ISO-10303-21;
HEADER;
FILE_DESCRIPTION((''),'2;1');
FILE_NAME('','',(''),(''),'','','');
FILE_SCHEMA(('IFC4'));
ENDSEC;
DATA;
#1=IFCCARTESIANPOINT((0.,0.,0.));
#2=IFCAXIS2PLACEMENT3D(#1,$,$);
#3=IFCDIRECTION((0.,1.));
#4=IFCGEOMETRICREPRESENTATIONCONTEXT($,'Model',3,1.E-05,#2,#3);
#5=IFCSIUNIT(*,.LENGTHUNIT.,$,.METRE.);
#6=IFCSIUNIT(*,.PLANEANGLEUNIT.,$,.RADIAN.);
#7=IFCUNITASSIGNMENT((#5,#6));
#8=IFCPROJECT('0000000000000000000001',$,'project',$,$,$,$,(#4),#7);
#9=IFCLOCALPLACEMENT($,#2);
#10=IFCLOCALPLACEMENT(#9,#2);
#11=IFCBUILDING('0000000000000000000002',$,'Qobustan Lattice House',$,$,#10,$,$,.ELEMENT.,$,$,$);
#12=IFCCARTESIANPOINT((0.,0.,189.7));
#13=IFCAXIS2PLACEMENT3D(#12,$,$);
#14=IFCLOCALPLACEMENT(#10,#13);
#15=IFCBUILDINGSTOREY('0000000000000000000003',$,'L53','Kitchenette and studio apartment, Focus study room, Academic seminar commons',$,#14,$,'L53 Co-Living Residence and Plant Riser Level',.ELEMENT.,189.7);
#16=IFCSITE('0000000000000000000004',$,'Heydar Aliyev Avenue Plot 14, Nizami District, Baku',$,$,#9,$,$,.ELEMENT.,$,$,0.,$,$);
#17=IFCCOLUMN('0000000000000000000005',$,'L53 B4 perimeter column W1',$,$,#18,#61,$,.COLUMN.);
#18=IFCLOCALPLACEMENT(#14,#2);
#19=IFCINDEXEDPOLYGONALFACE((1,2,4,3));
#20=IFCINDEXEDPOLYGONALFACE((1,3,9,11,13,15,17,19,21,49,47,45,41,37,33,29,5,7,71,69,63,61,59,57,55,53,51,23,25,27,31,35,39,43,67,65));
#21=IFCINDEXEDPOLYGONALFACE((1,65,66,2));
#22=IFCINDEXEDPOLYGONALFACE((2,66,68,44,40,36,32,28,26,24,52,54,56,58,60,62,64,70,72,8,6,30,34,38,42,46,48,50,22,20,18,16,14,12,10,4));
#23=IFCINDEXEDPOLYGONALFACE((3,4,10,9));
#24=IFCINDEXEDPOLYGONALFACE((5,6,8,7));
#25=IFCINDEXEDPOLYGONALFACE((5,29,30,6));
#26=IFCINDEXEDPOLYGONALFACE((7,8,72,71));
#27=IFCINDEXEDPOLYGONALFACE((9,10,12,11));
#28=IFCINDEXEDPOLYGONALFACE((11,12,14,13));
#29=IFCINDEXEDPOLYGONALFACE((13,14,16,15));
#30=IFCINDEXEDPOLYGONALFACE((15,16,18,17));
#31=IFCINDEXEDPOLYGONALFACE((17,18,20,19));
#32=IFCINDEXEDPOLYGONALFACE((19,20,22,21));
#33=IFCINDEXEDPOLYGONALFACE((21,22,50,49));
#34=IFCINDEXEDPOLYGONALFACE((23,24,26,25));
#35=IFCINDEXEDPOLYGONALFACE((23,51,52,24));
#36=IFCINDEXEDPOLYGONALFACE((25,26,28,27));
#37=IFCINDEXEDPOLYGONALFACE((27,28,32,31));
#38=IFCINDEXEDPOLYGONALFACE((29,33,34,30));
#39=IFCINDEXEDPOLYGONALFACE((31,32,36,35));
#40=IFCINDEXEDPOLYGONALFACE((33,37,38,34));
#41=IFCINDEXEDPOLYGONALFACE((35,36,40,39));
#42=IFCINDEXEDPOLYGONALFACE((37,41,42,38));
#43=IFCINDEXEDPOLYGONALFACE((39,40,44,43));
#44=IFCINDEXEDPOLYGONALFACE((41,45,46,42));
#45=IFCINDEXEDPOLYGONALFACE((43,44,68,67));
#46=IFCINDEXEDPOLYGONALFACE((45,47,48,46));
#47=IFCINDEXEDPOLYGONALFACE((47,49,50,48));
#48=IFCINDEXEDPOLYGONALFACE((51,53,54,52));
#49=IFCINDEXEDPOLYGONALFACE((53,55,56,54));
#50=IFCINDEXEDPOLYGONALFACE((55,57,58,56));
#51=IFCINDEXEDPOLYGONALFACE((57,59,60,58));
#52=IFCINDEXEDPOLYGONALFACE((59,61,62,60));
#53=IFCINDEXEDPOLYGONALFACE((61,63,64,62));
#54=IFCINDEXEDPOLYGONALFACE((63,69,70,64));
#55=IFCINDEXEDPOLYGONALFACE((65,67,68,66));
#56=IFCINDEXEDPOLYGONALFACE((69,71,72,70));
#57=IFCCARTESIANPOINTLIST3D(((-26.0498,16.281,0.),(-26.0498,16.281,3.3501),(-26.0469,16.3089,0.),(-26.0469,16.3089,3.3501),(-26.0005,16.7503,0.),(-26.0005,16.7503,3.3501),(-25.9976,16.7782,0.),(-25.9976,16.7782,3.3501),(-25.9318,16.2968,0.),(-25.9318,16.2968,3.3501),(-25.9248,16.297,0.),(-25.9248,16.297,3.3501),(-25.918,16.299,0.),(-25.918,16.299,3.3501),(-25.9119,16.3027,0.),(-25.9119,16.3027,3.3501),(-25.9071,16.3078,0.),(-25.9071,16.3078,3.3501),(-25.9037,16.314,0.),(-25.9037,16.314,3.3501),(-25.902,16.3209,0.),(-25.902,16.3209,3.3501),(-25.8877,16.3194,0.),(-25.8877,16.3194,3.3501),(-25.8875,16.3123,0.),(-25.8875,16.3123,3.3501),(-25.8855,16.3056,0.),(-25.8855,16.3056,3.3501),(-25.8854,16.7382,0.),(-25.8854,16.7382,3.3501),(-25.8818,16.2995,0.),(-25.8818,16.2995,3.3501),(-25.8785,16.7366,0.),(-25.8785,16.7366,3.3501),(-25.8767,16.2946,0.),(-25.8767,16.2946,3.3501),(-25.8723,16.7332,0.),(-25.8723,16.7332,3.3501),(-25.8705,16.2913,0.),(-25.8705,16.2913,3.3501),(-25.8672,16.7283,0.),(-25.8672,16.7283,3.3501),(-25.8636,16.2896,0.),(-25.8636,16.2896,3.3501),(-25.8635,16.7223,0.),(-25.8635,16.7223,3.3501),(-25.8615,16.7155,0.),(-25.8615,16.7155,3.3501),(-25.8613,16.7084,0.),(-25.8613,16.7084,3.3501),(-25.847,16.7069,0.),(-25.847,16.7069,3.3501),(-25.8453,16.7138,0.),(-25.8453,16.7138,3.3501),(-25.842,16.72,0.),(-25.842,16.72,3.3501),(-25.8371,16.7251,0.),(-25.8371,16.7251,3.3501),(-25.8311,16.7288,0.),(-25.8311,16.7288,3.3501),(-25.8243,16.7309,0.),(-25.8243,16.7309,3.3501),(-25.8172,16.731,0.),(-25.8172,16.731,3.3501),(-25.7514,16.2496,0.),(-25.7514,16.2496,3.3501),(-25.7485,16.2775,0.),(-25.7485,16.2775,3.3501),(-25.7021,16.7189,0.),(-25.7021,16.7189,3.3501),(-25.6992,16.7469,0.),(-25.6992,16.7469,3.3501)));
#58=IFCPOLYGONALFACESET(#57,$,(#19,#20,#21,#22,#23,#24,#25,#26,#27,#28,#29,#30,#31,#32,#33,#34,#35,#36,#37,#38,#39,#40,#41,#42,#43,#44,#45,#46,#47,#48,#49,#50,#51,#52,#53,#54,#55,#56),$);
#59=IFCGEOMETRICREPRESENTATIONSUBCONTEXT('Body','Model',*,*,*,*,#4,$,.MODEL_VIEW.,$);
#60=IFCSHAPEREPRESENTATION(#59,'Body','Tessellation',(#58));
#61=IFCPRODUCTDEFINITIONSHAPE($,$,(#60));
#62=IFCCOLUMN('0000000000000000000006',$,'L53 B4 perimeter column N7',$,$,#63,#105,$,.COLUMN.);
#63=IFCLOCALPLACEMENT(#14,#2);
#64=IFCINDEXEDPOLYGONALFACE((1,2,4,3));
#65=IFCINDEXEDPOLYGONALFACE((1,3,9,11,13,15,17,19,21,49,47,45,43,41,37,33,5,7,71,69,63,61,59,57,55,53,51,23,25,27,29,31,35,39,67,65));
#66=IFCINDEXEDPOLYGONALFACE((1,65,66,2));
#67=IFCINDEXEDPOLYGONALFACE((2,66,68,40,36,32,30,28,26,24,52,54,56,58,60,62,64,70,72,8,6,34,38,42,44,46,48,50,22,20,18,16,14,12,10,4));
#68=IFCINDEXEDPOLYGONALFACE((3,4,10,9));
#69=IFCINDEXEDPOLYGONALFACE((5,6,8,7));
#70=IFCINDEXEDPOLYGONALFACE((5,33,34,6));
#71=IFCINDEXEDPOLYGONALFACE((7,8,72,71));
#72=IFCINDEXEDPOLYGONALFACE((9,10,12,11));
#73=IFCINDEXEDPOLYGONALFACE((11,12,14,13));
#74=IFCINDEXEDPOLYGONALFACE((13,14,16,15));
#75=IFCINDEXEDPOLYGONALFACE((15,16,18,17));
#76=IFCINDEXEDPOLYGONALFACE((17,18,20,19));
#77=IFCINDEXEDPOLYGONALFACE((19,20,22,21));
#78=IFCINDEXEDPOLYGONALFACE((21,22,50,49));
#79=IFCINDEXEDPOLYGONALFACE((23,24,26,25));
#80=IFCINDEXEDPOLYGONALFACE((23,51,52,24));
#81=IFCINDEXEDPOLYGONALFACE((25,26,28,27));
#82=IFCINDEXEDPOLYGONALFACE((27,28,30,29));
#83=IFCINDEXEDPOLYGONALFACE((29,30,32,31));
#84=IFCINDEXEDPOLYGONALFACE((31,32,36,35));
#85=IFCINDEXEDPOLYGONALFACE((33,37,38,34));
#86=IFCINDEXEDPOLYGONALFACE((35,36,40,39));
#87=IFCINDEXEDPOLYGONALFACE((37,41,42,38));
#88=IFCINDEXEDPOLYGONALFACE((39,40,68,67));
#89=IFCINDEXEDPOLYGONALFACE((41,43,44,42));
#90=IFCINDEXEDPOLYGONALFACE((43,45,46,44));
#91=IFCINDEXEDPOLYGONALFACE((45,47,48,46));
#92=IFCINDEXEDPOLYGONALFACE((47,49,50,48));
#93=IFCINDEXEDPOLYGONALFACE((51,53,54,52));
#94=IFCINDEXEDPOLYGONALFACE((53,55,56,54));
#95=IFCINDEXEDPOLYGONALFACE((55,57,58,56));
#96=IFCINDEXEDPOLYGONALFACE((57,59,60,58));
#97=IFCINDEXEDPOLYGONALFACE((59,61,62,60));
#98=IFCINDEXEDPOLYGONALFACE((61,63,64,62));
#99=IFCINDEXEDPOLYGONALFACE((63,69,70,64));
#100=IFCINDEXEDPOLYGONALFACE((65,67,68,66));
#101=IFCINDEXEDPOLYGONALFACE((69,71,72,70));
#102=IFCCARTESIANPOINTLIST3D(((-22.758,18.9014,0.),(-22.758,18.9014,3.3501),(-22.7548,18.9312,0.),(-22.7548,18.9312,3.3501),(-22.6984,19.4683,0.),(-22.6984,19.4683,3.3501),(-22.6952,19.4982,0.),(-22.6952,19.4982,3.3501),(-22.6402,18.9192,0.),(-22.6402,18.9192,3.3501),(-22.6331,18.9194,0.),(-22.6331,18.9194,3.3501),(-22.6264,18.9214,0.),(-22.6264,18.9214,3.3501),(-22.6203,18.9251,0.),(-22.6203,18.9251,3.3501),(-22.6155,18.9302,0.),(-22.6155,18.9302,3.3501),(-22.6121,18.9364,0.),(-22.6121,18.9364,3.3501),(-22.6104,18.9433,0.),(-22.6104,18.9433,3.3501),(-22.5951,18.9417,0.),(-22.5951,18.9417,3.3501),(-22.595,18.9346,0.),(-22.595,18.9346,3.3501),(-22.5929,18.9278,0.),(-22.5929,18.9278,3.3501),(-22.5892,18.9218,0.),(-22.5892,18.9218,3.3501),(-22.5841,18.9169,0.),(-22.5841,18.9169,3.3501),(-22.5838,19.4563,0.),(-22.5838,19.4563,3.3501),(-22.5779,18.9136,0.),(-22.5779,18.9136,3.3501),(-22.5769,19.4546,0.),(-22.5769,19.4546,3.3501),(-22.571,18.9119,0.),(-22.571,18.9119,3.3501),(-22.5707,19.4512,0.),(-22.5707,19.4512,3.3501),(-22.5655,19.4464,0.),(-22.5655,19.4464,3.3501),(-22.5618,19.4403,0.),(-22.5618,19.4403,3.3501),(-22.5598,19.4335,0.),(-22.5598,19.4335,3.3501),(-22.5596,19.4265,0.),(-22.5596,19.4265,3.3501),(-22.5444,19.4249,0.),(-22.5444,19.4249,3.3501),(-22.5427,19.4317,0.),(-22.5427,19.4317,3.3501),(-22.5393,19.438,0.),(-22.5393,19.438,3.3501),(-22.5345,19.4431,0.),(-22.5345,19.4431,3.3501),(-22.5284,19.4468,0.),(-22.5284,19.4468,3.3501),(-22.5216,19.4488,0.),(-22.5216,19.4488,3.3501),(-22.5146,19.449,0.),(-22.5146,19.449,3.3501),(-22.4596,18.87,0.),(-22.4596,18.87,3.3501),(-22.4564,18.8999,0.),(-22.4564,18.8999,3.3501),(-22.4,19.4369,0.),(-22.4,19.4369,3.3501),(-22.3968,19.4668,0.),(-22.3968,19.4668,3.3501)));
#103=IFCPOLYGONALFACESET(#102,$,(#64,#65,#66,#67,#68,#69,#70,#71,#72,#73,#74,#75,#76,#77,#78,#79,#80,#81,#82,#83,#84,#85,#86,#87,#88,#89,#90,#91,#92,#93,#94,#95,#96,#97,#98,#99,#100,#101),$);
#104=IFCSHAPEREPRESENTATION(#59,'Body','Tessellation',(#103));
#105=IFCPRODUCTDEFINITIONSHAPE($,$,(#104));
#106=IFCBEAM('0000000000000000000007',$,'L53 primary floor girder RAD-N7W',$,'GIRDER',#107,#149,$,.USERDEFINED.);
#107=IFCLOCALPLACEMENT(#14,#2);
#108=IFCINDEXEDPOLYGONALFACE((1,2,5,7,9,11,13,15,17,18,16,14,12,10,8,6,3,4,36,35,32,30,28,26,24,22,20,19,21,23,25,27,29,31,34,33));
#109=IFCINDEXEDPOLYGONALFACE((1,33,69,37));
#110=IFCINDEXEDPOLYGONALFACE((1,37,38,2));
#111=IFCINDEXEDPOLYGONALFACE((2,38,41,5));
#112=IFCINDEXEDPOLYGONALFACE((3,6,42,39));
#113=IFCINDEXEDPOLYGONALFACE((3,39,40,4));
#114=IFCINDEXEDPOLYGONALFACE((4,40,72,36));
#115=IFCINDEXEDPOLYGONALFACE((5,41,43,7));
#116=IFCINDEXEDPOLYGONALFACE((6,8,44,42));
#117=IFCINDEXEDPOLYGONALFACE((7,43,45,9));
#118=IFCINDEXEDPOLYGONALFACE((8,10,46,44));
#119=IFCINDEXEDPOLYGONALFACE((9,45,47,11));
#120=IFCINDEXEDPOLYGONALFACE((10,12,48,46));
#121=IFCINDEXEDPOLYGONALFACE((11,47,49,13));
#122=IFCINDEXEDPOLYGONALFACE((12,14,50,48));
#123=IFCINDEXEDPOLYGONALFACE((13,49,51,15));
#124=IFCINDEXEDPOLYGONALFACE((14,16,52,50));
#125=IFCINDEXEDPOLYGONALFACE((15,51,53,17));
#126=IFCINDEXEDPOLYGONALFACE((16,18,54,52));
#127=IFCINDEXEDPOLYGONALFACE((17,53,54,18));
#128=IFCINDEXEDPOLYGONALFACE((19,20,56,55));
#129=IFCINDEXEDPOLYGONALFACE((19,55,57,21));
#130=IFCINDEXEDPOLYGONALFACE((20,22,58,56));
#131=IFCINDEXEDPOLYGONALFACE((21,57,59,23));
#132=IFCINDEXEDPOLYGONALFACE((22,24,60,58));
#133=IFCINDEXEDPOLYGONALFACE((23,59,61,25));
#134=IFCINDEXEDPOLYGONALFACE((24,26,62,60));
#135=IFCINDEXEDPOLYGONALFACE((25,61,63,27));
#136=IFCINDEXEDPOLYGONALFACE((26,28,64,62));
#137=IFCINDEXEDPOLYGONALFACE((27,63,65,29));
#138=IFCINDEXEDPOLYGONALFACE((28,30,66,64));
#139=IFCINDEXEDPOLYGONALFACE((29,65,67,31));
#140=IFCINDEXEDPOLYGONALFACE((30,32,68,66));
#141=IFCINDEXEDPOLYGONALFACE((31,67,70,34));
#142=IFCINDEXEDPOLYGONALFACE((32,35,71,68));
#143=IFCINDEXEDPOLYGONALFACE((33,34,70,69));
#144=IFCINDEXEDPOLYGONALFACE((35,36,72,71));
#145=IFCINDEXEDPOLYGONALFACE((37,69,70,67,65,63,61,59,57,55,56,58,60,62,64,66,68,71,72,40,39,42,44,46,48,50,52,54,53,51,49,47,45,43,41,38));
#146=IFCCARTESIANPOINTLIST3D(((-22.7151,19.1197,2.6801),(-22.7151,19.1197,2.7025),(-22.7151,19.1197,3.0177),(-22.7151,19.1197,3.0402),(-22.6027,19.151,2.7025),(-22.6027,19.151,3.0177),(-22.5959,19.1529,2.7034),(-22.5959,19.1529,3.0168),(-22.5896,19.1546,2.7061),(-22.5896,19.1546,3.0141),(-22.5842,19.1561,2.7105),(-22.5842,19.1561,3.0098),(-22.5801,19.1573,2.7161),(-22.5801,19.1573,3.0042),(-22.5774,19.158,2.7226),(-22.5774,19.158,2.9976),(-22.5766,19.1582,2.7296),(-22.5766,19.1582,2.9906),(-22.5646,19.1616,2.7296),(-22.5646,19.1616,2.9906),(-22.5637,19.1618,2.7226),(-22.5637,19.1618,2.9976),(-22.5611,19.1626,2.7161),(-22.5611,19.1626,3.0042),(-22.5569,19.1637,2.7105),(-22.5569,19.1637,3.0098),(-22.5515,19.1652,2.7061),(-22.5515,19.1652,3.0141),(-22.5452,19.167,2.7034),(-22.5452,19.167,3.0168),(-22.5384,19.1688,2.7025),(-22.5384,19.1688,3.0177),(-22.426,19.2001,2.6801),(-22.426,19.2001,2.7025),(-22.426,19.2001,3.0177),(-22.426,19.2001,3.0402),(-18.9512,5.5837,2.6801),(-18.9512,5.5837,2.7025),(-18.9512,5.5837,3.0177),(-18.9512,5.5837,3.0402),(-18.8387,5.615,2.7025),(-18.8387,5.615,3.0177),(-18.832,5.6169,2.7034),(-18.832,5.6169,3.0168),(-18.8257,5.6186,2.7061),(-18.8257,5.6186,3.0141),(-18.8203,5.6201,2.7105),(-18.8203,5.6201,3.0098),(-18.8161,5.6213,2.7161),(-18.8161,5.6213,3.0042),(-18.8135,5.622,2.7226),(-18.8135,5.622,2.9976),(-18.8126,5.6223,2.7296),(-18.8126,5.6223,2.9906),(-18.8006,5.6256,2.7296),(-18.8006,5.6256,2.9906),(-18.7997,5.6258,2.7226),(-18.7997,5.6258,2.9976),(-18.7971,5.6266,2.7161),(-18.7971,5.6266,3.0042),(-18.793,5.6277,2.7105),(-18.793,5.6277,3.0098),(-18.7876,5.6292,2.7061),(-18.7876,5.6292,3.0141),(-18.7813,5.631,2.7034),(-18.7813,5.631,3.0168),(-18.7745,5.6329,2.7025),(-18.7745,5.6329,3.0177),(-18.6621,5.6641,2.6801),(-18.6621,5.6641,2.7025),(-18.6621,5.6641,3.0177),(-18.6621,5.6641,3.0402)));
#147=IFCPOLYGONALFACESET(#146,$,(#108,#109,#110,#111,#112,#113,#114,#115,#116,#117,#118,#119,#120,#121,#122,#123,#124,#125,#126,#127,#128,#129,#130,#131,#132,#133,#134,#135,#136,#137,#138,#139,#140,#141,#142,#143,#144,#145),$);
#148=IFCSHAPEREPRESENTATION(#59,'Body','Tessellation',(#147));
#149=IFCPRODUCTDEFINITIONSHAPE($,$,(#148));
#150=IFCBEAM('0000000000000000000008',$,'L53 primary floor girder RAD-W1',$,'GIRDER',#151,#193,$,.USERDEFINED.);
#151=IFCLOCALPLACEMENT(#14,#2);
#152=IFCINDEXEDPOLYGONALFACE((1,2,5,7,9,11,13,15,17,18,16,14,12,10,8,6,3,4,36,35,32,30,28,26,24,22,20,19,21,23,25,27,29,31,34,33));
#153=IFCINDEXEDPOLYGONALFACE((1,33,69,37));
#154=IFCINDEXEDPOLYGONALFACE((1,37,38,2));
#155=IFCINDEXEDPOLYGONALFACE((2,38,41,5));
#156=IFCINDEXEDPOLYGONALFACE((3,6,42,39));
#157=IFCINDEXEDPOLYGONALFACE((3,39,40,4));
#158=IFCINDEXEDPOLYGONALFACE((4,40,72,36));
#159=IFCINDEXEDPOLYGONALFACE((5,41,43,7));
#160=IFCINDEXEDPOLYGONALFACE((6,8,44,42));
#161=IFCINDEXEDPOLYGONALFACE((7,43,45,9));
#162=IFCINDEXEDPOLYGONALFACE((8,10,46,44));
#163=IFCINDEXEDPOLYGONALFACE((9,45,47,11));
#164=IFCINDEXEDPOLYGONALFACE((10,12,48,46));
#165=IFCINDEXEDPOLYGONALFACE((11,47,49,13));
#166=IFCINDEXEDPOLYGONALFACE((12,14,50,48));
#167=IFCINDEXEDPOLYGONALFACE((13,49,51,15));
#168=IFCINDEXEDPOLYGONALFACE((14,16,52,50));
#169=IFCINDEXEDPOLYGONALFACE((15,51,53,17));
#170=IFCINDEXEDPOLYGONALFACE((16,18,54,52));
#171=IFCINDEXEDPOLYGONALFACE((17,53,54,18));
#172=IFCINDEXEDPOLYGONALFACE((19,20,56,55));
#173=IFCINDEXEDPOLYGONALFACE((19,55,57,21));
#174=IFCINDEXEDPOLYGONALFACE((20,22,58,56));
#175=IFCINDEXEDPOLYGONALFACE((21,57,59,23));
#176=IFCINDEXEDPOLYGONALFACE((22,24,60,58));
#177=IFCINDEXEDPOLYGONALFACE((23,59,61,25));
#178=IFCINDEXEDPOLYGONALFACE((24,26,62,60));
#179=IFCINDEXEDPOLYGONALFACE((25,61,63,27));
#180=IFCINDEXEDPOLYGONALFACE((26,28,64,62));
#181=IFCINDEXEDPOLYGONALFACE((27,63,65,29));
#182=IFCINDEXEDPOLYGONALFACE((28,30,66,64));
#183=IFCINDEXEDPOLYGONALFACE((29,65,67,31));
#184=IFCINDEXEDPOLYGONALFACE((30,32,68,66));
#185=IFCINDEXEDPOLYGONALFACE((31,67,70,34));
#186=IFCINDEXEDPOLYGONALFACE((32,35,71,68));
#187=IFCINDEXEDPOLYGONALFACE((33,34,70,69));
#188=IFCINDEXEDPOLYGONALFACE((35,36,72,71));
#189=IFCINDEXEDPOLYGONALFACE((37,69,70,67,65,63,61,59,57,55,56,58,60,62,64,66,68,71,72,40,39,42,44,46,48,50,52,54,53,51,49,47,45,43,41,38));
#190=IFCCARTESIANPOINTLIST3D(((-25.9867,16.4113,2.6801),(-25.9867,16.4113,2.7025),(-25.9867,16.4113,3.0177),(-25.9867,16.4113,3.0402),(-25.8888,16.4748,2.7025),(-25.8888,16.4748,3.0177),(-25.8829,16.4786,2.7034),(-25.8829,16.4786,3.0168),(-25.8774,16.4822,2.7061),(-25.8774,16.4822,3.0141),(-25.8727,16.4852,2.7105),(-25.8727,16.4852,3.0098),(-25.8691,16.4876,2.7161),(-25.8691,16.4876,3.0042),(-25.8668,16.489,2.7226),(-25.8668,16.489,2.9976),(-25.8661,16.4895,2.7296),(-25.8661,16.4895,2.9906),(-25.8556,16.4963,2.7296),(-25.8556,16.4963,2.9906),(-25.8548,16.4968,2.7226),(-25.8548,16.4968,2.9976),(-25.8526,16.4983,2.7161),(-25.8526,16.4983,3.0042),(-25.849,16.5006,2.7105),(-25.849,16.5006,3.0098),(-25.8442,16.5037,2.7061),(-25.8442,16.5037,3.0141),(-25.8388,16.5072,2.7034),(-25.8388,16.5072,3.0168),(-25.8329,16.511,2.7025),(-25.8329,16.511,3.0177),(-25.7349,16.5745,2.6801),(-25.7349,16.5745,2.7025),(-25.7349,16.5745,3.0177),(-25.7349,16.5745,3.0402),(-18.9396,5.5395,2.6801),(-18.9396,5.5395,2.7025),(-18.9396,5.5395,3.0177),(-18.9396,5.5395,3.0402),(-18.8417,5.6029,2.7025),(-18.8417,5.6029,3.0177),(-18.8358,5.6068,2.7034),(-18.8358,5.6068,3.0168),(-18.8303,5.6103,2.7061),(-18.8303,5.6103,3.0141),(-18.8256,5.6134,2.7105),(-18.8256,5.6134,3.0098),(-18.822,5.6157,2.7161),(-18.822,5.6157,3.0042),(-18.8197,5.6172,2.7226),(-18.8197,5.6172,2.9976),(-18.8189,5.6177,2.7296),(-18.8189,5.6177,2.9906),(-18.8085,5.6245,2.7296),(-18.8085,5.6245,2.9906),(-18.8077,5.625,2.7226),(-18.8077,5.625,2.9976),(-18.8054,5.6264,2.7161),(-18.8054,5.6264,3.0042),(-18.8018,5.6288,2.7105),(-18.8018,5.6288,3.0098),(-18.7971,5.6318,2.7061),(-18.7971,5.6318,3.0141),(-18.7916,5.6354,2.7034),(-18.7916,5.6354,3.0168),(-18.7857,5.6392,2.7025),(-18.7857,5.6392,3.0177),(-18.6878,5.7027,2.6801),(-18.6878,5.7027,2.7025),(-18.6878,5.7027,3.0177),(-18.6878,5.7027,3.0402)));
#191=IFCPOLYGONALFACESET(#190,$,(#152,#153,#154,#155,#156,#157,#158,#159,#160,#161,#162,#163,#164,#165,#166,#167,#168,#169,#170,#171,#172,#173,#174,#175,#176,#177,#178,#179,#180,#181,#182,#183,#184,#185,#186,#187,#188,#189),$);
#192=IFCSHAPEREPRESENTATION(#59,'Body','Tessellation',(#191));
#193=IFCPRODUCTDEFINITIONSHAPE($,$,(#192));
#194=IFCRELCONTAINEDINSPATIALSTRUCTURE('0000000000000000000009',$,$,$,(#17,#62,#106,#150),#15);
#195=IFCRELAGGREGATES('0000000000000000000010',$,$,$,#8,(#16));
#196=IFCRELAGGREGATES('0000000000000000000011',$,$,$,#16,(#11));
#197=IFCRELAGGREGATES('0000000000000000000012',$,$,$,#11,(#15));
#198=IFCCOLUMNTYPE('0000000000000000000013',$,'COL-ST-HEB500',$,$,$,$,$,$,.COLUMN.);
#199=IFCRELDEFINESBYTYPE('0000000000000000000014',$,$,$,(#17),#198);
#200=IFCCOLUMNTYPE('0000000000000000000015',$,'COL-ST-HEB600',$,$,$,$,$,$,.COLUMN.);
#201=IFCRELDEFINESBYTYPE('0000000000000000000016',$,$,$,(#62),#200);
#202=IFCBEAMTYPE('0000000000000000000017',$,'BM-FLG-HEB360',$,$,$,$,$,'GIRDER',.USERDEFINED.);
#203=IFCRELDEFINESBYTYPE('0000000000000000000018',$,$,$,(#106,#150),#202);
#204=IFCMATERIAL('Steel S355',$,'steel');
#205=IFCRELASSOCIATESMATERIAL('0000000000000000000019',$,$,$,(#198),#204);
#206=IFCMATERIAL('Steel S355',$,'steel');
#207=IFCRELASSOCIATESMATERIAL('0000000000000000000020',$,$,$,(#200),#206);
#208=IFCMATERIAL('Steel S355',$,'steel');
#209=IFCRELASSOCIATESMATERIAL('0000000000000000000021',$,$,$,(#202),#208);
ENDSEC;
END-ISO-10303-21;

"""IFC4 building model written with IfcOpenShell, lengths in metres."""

from ifc_helpers import new_model, si_unit, direction, frame, origin, origin_2d, place, context, subcontext, project, spatial, i_section, extrude, material, material_profile, profile_set, type_object, element, save


model = new_model("IFC4")

# Units and contexts
model_context = context("Model", 3, precision=1e-05, world=origin(), true_north=direction((0.0, 1.0)))
body_context = subcontext(model_context, "Body", "Model", "MODEL_VIEW")
ifc_project = project(units=[si_unit("LENGTHUNIT", "METRE"), si_unit("PLANEANGLEUNIT", "RADIAN")], contexts=[model_context])

# Site, building, storey
site_placement = place(None, origin())
site = spatial("IfcSite", under=ifc_project, at=site_placement, Name="Heydar Aliyev Avenue Plot 14, Nizami District, Baku", CompositionType="ELEMENT", RefElevation=0.0)
building_placement = place(site_placement, origin())
building = spatial("IfcBuilding", under=site, at=building_placement, Name="Qobustan Lattice House", CompositionType="ELEMENT")
storey_placement = place(building_placement, frame((0.0, 0.0, 189.7)))
storey = spatial("IfcBuildingStorey", under=building, at=storey_placement, Name="L53", Description="Kitchenette and studio apartment, Focus study room, Academic seminar commons", LongName="L53 Co-Living Residence and Plant Riser Level", CompositionType="ELEMENT", Elevation=189.7)

# Columns
ifc_material_1 = material(Name="Steel S355", Category="steel")
ifc_material_profile_1 = material_profile(ifc_material_1, i_section(OverallWidth=0.3, OverallDepth=0.5, WebThickness=0.0144, FlangeThickness=0.0281, FilletRadius=0.0271, at=origin_2d()), Name="HEB500")
ifc_profile_set_1 = profile_set([ifc_material_profile_1], Name="Steel S355")
column_type_1 = type_object("IfcColumnType", Name="COL-ST-HEB500", PredefinedType="COLUMN", material=ifc_profile_set_1)
column_1_placement = place(storey_placement, frame((-25.8745, 16.5139, 0.0), z_axis=(0.0, 0.0, 1.0), x_axis=(0.994522, -0.104528, 0.0)))
element("IfcColumn", 1, at=column_1_placement, inside=storey, type_object=column_type_1, Name="L53 B4 perimeter column W1", PredefinedType="COLUMN", context=body_context, shape_type="SweptSolid", body=[
    extrude(i_section(OverallWidth=0.3, OverallDepth=0.5, WebThickness=0.0144, FlangeThickness=0.0281, FilletRadius=0.0271, at=origin_2d()), origin(), (0.0, 0.0, 1.0), 3.3501),
])
ifc_material_2 = material(Name="Steel S355", Category="steel")
ifc_material_profile_2 = material_profile(ifc_material_2, i_section(OverallWidth=0.3, OverallDepth=0.6001, WebThickness=0.0154, FlangeThickness=0.03, FilletRadius=0.0271, at=origin_2d()), Name="HEB600")
ifc_profile_set_2 = profile_set([ifc_material_profile_2], Name="Steel S355")
column_type_2 = type_object("IfcColumnType", Name="COL-ST-HEB600", PredefinedType="COLUMN", material=ifc_profile_set_2)
column_2_placement = place(storey_placement, frame((-22.5774, 19.1841, 0.0), z_axis=(0.0, 0.0, 1.0), x_axis=(0.994522, -0.104528, 0.0)))
element("IfcColumn", 2, at=column_2_placement, inside=storey, type_object=column_type_2, Name="L53 B4 perimeter column N7", PredefinedType="COLUMN", context=body_context, shape_type="SweptSolid", body=[
    extrude(i_section(OverallWidth=0.3, OverallDepth=0.6001, WebThickness=0.0154, FlangeThickness=0.03, FilletRadius=0.0271, at=origin_2d()), origin(), (0.0, 0.0, 1.0), 3.3501),
])

# Beams
ifc_material_3 = material(Name="Steel S355", Category="steel")
ifc_material_profile_3 = material_profile(ifc_material_3, i_section(OverallWidth=0.3, OverallDepth=0.3601, WebThickness=0.0125, FlangeThickness=0.0225, FilletRadius=0.0271, at=origin_2d()), Name="HEB360")
ifc_profile_set_3 = profile_set([ifc_material_profile_3], Name="Steel S355")
beam_type_1 = type_object("IfcBeamType", Name="BM-FLG-HEB360", ElementType="GIRDER", PredefinedType="USERDEFINED", material=ifc_profile_set_3)
beam_1_placement = place(storey_placement, frame((-22.5706, 19.1599, 2.8601), z_axis=(0.267905, -0.963445, 0.0), x_axis=(0.963445, 0.267905, 0.0)))
element("IfcBeam", 3, at=beam_1_placement, inside=storey, type_object=beam_type_1, Name="L53 primary floor girder RAD-N7W", ObjectType="GIRDER", PredefinedType="USERDEFINED", context=body_context, shape_type="SweptSolid", body=[
    extrude(i_section(OverallWidth=0.3, OverallDepth=0.3601, WebThickness=0.0125, FlangeThickness=0.0225, FilletRadius=0.0271, at=origin_2d()), origin(), (0.0, 0.0, 1.0), 14.0496),
])
beam_2_placement = place(storey_placement, frame((-25.8608, 16.4929, 2.8601), z_axis=(0.543926, -0.839133, 0.0), x_axis=(0.839133, 0.543926, 0.0)))
element("IfcBeam", 4, at=beam_2_placement, inside=storey, type_object=beam_type_1, Name="L53 primary floor girder RAD-W1", ObjectType="GIRDER", PredefinedType="USERDEFINED", context=body_context, shape_type="SweptSolid", body=[
    extrude(i_section(OverallWidth=0.3, OverallDepth=0.3601, WebThickness=0.0125, FlangeThickness=0.0225, FilletRadius=0.0271, at=origin_2d()), origin(), (0.0, 0.0, 1.0), 12.9561),
])

save(model, "model.ifc")
